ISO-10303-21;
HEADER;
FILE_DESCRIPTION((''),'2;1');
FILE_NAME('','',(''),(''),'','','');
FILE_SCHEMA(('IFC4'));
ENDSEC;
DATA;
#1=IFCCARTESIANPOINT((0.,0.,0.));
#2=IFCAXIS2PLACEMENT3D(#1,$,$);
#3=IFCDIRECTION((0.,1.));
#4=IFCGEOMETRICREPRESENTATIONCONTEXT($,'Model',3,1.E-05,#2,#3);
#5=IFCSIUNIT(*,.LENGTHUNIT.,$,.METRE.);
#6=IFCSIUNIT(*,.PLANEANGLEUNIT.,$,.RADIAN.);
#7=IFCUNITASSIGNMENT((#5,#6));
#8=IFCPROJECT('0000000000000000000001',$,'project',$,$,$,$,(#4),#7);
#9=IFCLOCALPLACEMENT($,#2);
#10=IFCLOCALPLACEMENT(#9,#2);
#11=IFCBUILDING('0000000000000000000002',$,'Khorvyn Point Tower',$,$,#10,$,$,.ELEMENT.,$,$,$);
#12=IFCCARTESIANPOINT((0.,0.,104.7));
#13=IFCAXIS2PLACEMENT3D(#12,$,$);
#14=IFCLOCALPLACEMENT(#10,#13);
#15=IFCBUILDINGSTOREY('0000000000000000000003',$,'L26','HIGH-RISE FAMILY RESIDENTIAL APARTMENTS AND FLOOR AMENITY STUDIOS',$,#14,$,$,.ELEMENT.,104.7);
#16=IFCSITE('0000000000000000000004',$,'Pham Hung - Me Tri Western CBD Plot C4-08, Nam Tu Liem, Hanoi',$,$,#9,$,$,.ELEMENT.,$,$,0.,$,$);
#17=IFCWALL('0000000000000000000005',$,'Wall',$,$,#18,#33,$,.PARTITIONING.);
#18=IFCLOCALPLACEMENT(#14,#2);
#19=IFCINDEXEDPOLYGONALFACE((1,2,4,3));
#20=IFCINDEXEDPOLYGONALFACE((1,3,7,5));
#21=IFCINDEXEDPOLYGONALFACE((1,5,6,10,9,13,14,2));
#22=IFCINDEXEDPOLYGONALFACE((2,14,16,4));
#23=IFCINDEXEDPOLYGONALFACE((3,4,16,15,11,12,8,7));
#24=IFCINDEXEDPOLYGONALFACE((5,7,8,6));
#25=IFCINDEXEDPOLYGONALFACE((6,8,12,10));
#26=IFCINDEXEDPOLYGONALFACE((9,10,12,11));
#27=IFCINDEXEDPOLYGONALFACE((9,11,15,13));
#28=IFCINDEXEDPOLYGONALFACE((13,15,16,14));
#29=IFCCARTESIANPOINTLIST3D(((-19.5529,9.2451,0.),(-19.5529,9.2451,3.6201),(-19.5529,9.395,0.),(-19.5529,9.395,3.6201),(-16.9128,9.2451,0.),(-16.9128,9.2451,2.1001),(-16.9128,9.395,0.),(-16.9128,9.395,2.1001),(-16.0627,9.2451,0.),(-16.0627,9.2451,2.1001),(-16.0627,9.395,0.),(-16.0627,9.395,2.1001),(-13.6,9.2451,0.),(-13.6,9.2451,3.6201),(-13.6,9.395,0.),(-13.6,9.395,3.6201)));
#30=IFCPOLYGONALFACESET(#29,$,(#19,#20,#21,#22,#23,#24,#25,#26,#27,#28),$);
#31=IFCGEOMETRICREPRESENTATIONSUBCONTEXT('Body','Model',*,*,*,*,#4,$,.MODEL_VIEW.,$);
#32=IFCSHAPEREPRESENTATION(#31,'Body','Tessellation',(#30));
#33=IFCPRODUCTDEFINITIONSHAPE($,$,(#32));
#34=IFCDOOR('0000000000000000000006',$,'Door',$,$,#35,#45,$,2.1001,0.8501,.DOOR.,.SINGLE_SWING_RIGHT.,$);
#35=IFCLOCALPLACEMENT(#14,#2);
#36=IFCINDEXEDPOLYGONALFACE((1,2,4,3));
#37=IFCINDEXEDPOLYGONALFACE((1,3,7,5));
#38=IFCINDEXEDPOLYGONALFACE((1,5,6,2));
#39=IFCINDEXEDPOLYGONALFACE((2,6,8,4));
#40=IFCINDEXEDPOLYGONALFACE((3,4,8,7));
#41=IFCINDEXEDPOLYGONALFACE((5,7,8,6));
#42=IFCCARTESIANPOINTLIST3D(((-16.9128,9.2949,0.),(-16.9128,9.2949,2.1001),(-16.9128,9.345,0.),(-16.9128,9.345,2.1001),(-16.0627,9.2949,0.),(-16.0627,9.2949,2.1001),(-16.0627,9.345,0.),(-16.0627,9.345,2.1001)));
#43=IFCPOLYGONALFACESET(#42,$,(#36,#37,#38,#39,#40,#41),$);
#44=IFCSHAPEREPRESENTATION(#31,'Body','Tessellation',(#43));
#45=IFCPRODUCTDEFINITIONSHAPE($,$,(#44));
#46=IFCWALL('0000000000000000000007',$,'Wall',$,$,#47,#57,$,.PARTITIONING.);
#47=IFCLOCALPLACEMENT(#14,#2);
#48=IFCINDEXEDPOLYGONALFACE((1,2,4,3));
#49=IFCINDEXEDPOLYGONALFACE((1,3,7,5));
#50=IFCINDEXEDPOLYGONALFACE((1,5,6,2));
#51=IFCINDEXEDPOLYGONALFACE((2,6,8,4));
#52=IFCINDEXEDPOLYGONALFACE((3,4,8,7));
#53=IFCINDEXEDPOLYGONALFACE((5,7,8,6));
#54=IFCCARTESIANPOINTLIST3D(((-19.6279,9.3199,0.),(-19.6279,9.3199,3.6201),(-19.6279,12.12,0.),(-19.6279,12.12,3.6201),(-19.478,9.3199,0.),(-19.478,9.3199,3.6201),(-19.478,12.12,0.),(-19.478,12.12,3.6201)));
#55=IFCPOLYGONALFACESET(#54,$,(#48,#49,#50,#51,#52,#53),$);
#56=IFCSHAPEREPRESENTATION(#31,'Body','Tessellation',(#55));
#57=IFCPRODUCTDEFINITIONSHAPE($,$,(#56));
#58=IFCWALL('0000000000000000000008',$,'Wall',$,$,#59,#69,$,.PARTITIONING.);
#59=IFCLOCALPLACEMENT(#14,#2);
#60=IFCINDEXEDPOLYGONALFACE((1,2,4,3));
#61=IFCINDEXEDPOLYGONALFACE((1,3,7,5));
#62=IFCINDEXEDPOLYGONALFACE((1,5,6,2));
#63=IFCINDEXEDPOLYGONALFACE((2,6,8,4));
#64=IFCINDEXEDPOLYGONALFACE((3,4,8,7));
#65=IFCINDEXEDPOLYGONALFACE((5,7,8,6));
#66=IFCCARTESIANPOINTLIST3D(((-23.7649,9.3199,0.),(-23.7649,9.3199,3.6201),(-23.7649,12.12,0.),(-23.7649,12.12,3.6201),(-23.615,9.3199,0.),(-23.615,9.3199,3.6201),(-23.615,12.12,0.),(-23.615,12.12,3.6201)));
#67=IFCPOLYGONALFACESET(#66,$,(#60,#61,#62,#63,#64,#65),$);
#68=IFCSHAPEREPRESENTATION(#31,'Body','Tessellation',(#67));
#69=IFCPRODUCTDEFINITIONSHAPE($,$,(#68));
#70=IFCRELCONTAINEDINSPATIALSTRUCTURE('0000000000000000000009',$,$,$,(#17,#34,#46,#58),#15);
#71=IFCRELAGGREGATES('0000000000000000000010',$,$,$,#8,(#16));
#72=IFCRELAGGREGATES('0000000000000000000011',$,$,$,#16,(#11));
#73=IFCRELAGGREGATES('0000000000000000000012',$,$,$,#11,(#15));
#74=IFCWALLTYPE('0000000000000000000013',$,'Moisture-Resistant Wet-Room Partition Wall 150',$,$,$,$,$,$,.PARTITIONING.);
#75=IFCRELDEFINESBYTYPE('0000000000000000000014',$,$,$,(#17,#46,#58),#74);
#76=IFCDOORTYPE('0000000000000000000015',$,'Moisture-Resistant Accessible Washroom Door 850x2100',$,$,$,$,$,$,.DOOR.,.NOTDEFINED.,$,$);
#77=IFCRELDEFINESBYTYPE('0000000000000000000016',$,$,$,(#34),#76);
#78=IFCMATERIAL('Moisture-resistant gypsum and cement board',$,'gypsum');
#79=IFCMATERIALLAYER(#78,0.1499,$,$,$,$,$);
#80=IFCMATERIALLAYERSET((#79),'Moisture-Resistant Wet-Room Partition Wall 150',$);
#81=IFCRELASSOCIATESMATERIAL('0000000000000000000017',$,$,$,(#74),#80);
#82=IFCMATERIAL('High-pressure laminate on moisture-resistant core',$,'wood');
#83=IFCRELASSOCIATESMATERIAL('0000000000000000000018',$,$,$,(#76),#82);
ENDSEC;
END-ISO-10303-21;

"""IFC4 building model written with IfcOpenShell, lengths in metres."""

from ifc_helpers import new_model, si_unit, direction, frame, frame_2d, origin, place, context, subcontext, project, spatial, rectangle, extrude, material, layer, layer_set, type_object, element, fill, save


model = new_model("IFC4")

# Units and contexts
model_context = context("Model", 3, precision=1e-05, world=origin(), true_north=direction((0.0, 1.0)))
body_context = subcontext(model_context, "Body", "Model", "MODEL_VIEW")
ifc_project = project(units=[si_unit("LENGTHUNIT", "METRE"), si_unit("PLANEANGLEUNIT", "RADIAN")], contexts=[model_context])

# Site, building, storey
site_placement = place(None, origin())
site = spatial("IfcSite", under=ifc_project, at=site_placement, Name="Pham Hung - Me Tri Western CBD Plot C4-08, Nam Tu Liem, Hanoi", CompositionType="ELEMENT", RefElevation=0.0)
building_placement = place(site_placement, origin())
building = spatial("IfcBuilding", under=site, at=building_placement, Name="Khorvyn Point Tower", CompositionType="ELEMENT")
storey_placement = place(building_placement, frame((0.0, 0.0, 104.7)))
storey = spatial("IfcBuildingStorey", under=building, at=storey_placement, Name="L26", Description="HIGH-RISE FAMILY RESIDENTIAL APARTMENTS AND FLOOR AMENITY STUDIOS", CompositionType="ELEMENT", Elevation=104.7)

# Wall, opening, door
ifc_material_1 = material(Name="Moisture-resistant gypsum and cement board", Category="gypsum")
ifc_layer_1 = layer(ifc_material_1, 0.1499)
ifc_layer_set_1 = layer_set([ifc_layer_1], Name="Moisture-Resistant Wet-Room Partition Wall 150")
wall_type_1 = type_object("IfcWallType", Name="Moisture-Resistant Wet-Room Partition Wall 150", PredefinedType="PARTITIONING", material=ifc_layer_set_1)
ifc_material_2 = material(Name="High-pressure laminate on moisture-resistant core", Category="wood")
door_type_1 = type_object("IfcDoorType", Name="Moisture-Resistant Accessible Washroom Door 850x2100", OperationType="NOTDEFINED", PredefinedType="DOOR", material=ifc_material_2)
wall_1_placement = place(storey_placement, frame((-19.553, 9.3201, 0.0), z_axis=(0.0, 0.0, 1.0), x_axis=(1.0, 0.0, 0.0)))
wall_1 = element("IfcWall", 1, at=wall_1_placement, inside=storey, type_object=wall_type_1, Name="Wall", PredefinedType="PARTITIONING", context=body_context, shape_type="SweptSolid", body=[
    extrude(rectangle(XDim=5.9529, YDim=0.1499, at=frame_2d((2.9766, 0.0))), origin(), (0.0, 0.0, 1.0), 3.6201),
])
opening_1_placement = place(wall_1_placement, frame((2.6401, 0.0, 0.0)))
opening_1 = element("IfcOpeningElement", 2, at=opening_1_placement, cuts=wall_1, PredefinedType="OPENING", context=body_context, shape_type="SweptSolid", body=[
    extrude(rectangle(XDim=0.8501, YDim=2.1001, at=frame_2d((0.425, 1.05))), frame((0.0, 0.085, 0.0), z_axis=(0.0, -1.0, 0.0), x_axis=(1.0, 0.0, 0.0)), (0.0, 0.0, 1.0), 0.1699),
])
door_1_placement = place(opening_1_placement, origin())
door_1 = element("IfcDoor", 3, at=door_1_placement, inside=storey, type_object=door_type_1, Name="Door", OperationType="SINGLE_SWING_RIGHT", OverallHeight=2.1001, OverallWidth=0.8501, PredefinedType="DOOR", context=body_context, shape_type="SweptSolid", body=[
    extrude(rectangle(XDim=0.8501, YDim=2.1001, at=frame_2d((0.425, 1.05))), frame((0.0, 0.0249, 0.0), z_axis=(0.0, -1.0, 0.0), x_axis=(1.0, 0.0, 0.0)), (0.0, 0.0, 1.0), 0.05),
])
fill(opening_1, door_1)

# Walls
for number, where, z_axis, x_axis, name in (
    (4, (-19.553, 9.3201, 0.0), (0.0, 0.0, 1.0), (0.0, 1.0, 0.0), "Wall"),
    (5, (-23.6899, 9.3201, 0.0), (0.0, 0.0, 1.0), (0.0, 1.0, 0.0), "Wall"),
):
    element("IfcWall", number, at=place(storey_placement, frame(where, z_axis=z_axis, x_axis=x_axis)), inside=storey, type_object=wall_type_1, Name=name, PredefinedType="PARTITIONING", context=body_context, shape_type="SweptSolid", body=[
        extrude(rectangle(XDim=2.8, YDim=0.1499, at=frame_2d((1.3999, 0.0))), origin(), (0.0, 0.0, 1.0), 3.6201),
    ])

save(model, "model.ifc")
